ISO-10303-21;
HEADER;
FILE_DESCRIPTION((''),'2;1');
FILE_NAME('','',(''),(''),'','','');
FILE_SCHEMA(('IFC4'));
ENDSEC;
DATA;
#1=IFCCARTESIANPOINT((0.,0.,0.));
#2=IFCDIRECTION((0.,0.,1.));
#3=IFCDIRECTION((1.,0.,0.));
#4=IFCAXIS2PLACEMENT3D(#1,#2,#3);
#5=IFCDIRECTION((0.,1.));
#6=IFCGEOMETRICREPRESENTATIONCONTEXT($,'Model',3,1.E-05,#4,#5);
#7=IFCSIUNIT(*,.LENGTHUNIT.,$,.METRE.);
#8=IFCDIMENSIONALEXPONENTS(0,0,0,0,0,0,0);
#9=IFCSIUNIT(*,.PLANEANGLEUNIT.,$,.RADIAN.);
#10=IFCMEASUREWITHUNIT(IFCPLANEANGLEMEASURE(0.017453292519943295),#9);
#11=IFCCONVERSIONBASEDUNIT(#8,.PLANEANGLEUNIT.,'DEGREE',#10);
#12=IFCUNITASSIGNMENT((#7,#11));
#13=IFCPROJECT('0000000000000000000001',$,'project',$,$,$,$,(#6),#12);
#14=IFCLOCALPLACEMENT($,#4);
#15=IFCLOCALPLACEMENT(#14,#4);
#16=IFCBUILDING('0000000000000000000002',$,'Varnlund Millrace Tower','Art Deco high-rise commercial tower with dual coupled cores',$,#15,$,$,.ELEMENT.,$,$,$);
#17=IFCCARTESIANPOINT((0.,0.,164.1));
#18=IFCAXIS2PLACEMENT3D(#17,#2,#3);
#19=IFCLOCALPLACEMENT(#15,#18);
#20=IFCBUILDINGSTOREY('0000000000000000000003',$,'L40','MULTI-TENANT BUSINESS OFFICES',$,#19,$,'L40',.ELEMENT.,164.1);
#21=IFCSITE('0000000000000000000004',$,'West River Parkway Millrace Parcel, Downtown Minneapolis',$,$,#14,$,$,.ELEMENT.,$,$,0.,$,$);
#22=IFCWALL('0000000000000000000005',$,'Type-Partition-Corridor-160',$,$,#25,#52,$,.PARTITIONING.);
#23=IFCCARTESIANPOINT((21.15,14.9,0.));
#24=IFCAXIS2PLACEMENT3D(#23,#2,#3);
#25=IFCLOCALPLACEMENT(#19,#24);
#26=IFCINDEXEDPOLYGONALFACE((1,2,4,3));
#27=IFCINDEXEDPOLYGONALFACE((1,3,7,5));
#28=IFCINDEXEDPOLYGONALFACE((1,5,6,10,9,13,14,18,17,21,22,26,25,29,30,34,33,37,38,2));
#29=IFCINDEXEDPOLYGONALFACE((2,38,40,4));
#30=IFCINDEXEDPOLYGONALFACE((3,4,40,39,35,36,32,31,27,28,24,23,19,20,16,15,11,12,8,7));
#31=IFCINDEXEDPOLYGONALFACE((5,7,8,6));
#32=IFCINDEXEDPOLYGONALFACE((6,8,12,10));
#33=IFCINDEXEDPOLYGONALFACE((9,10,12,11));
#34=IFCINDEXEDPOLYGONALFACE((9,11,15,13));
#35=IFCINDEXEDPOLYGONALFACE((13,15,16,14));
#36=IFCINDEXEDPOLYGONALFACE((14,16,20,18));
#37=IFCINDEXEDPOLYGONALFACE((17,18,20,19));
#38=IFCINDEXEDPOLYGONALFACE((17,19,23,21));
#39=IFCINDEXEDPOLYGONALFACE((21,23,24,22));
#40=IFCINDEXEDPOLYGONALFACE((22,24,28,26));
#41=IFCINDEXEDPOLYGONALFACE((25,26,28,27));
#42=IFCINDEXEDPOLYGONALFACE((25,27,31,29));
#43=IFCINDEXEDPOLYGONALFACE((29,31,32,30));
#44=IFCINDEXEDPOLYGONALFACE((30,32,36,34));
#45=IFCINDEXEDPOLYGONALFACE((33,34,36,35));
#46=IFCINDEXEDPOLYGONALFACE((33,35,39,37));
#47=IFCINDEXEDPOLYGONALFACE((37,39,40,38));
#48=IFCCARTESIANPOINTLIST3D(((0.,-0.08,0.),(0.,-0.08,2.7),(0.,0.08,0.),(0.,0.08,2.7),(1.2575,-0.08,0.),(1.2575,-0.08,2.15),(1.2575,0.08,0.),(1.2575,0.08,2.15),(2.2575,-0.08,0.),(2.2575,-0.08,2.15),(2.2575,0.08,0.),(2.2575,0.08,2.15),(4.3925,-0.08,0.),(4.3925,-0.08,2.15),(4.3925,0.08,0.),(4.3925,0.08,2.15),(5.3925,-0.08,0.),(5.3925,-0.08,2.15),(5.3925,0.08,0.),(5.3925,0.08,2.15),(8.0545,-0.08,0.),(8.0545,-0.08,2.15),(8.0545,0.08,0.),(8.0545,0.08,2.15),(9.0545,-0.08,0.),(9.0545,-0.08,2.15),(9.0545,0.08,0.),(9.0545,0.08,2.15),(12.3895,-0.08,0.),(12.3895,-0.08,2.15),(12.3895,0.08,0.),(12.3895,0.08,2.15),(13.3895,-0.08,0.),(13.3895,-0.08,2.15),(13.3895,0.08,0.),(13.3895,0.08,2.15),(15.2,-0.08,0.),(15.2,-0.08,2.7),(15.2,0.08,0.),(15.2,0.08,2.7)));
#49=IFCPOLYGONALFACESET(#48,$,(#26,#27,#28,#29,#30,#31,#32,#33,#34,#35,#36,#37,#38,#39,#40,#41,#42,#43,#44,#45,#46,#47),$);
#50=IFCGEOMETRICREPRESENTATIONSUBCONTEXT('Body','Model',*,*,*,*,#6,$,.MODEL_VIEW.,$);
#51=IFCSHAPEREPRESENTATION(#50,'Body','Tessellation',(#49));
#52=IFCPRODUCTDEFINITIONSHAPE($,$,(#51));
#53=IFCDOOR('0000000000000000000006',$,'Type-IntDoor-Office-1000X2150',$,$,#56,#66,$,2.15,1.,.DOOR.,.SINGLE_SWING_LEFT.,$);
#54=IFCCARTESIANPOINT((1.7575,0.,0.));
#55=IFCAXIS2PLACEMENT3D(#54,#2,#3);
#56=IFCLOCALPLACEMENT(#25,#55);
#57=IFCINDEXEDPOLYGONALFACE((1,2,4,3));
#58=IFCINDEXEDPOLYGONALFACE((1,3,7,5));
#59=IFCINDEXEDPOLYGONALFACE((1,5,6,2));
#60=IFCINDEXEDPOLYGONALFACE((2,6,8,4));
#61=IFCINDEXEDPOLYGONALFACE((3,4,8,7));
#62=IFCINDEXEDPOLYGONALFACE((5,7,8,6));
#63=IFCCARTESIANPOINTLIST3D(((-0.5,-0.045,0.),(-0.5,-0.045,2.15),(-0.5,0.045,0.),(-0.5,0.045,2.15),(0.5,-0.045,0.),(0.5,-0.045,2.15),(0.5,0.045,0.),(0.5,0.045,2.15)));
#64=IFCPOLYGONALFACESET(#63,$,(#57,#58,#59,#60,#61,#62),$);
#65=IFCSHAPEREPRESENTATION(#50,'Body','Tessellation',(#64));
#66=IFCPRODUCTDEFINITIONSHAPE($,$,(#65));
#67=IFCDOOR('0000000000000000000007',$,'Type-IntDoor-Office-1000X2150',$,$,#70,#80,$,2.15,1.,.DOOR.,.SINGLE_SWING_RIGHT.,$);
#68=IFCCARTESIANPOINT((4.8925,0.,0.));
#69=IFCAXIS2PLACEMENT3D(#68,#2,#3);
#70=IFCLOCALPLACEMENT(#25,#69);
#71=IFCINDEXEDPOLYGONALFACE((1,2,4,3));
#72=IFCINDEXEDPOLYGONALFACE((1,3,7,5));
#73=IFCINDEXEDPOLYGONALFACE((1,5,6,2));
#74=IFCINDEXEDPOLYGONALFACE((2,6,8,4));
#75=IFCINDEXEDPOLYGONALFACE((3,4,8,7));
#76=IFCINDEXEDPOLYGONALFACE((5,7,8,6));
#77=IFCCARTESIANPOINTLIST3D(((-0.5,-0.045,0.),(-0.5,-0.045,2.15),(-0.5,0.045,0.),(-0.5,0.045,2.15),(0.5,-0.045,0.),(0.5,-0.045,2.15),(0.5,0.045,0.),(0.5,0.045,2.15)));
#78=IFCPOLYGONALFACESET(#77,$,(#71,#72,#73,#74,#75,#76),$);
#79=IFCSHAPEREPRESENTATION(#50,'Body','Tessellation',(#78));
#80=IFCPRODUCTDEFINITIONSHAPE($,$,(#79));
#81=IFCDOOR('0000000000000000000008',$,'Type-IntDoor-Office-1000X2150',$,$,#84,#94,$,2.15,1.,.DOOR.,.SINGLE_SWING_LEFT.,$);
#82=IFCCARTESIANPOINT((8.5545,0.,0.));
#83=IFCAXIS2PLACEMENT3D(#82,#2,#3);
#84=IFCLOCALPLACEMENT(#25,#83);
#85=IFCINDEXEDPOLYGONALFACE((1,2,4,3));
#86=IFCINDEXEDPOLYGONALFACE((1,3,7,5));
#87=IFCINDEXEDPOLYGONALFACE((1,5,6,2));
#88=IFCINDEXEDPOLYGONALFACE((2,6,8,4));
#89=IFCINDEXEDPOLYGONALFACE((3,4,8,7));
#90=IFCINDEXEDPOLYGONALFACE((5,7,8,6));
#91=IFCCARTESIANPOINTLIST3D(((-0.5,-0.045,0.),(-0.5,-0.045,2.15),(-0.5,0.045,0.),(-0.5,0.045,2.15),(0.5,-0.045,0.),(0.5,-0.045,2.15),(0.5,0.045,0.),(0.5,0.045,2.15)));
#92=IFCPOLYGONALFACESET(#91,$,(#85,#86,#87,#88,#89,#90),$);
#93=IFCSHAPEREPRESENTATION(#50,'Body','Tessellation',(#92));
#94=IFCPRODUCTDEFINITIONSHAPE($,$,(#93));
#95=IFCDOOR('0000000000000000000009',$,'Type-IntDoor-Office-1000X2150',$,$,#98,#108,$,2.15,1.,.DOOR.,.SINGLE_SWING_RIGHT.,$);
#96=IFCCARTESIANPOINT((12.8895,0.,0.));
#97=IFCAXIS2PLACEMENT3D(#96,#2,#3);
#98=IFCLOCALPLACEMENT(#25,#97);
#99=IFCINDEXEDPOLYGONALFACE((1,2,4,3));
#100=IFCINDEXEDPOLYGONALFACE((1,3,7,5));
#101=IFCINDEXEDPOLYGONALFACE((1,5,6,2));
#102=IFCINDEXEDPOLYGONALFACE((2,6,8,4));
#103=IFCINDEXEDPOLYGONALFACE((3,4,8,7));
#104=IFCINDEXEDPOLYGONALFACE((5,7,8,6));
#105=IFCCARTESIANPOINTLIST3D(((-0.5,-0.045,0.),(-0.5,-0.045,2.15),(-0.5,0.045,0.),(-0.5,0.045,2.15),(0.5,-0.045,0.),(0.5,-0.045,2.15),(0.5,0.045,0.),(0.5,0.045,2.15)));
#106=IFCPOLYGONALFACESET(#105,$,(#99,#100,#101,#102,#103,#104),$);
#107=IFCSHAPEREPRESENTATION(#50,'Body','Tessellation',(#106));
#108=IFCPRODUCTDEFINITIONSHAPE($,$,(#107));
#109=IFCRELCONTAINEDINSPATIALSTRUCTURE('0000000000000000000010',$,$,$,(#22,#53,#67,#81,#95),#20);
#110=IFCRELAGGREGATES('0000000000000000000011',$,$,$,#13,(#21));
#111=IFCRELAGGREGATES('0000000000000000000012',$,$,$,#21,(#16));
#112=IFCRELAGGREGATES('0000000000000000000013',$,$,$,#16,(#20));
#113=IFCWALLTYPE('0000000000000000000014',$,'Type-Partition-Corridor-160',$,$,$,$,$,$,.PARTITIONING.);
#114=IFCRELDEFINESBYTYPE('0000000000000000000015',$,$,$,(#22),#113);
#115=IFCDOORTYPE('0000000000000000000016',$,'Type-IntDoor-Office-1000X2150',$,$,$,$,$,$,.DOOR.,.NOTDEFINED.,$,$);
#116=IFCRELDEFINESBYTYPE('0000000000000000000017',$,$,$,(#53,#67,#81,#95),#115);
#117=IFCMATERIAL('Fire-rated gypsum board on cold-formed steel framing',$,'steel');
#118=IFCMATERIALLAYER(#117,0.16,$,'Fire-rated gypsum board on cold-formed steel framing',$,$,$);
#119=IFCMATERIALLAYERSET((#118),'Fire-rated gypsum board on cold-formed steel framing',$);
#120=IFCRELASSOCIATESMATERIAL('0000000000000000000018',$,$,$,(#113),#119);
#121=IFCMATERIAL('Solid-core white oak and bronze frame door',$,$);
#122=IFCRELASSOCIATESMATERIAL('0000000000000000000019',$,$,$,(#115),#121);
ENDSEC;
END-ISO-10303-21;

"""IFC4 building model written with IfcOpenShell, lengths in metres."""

from ifc_helpers import new_model, entity, si_unit, converted_unit, direction, frame, origin_with_axes, origin_2d_with_axis, place, context, subcontext, project, spatial, polyline, rectangle, outline, extrude, material, layer, layer_set, type_object, element, fill, save


model = new_model("IFC4")

# Units and contexts
model_context = context("Model", 3, precision=1e-05, world=origin_with_axes(), true_north=direction((0.0, 1.0)))
body_context = subcontext(model_context, "Body", "Model", "MODEL_VIEW")
ifc_project = project(units=[si_unit("LENGTHUNIT", "METRE"), converted_unit("PLANEANGLEUNIT", "DEGREE", entity("IfcPlaneAngleMeasure", 0.017453292519943295), si_unit("PLANEANGLEUNIT", "RADIAN"), dimensions=[0, 0, 0, 0, 0, 0, 0])], contexts=[model_context])

# Site, building, storey
site_placement = place(None, origin_with_axes())
site = spatial("IfcSite", under=ifc_project, at=site_placement, Name="West River Parkway Millrace Parcel, Downtown Minneapolis", CompositionType="ELEMENT", RefElevation=0.0)
building_placement = place(site_placement, origin_with_axes())
building = spatial("IfcBuilding", under=site, at=building_placement, Name="Varnlund Millrace Tower", Description="Art Deco high-rise commercial tower with dual coupled cores", CompositionType="ELEMENT")
storey_placement = place(building_placement, frame((0.0, 0.0, 164.1), z_axis=(0.0, 0.0, 1.0), x_axis=(1.0, 0.0, 0.0)))
storey = spatial("IfcBuildingStorey", under=building, at=storey_placement, Name="L40", Description="MULTI-TENANT BUSINESS OFFICES", LongName="L40", CompositionType="ELEMENT", Elevation=164.1)

# Shared definitions
ifc_material_1 = material(Name="Fire-rated gypsum board on cold-formed steel framing", Category="steel")
ifc_layer_1 = layer(ifc_material_1, 0.16, Name="Fire-rated gypsum board on cold-formed steel framing")
ifc_layer_set_1 = layer_set([ifc_layer_1], Name="Fire-rated gypsum board on cold-formed steel framing")
wall_type_1 = type_object("IfcWallType", Name="Type-Partition-Corridor-160", PredefinedType="PARTITIONING", material=ifc_layer_set_1)

# Wall, openings, doors
ifc_material_2 = material(Name="Solid-core white oak and bronze frame door")
door_type_1 = type_object("IfcDoorType", Name="Type-IntDoor-Office-1000X2150", OperationType="NOTDEFINED", PredefinedType="DOOR", material=ifc_material_2)
wall_1_placement = place(storey_placement, frame((21.15, 14.9, 0.0), z_axis=(0.0, 0.0, 1.0), x_axis=(1.0, 0.0, 0.0)))
wall_1 = element("IfcWall", 1, at=wall_1_placement, inside=storey, type_object=wall_type_1, Name="Type-Partition-Corridor-160", PredefinedType="PARTITIONING", context=body_context, shape_type="SweptSolid", body=[
    extrude(outline(polyline([(0.0, -0.08), (15.2, -0.08), (15.2, 0.08), (0.0, 0.08), (0.0, -0.08)])), origin_with_axes(), (0.0, 0.0, 1.0), 2.7),
])
opening_1_placement = place(wall_1_placement, frame((1.7575, 0.0, 0.0), z_axis=(0.0, 0.0, 1.0), x_axis=(1.0, 0.0, 0.0)))
opening_1 = element("IfcOpeningElement", 2, at=opening_1_placement, cuts=wall_1, PredefinedType="OPENING", context=body_context, shape_type="SweptSolid", body=[
    extrude(rectangle(XDim=1.0, YDim=0.18, at=origin_2d_with_axis()), origin_with_axes(), (0.0, 0.0, 1.0), 2.15),
])
opening_2_placement = place(wall_1_placement, frame((4.8925, 0.0, 0.0), z_axis=(0.0, 0.0, 1.0), x_axis=(1.0, 0.0, 0.0)))
opening_2 = element("IfcOpeningElement", 3, at=opening_2_placement, cuts=wall_1, PredefinedType="OPENING", context=body_context, shape_type="SweptSolid", body=[
    extrude(rectangle(XDim=1.0, YDim=0.18, at=origin_2d_with_axis()), origin_with_axes(), (0.0, 0.0, 1.0), 2.15),
])
opening_3_placement = place(wall_1_placement, frame((8.5545, 0.0, 0.0), z_axis=(0.0, 0.0, 1.0), x_axis=(1.0, 0.0, 0.0)))
opening_3 = element("IfcOpeningElement", 4, at=opening_3_placement, cuts=wall_1, PredefinedType="OPENING", context=body_context, shape_type="SweptSolid", body=[
    extrude(rectangle(XDim=1.0, YDim=0.18, at=origin_2d_with_axis()), origin_with_axes(), (0.0, 0.0, 1.0), 2.15),
])
opening_4_placement = place(wall_1_placement, frame((12.8895, 0.0, 0.0), z_axis=(0.0, 0.0, 1.0), x_axis=(1.0, 0.0, 0.0)))
opening_4 = element("IfcOpeningElement", 5, at=opening_4_placement, cuts=wall_1, PredefinedType="OPENING", context=body_context, shape_type="SweptSolid", body=[
    extrude(rectangle(XDim=1.0, YDim=0.18, at=origin_2d_with_axis()), origin_with_axes(), (0.0, 0.0, 1.0), 2.15),
])
door_1_placement = place(wall_1_placement, frame((1.7575, 0.0, 0.0), z_axis=(0.0, 0.0, 1.0), x_axis=(1.0, 0.0, 0.0)))
door_1 = element("IfcDoor", 6, at=door_1_placement, inside=storey, type_object=door_type_1, Name="Type-IntDoor-Office-1000X2150", OperationType="SINGLE_SWING_LEFT", OverallHeight=2.15, OverallWidth=1.0, PredefinedType="DOOR", context=body_context, shape_type="SweptSolid", body=[
    extrude(rectangle(XDim=1.0, YDim=0.09, at=origin_2d_with_axis()), origin_with_axes(), (0.0, 0.0, 1.0), 2.15),
])
fill(opening_1, door_1)
door_2_placement = place(wall_1_placement, frame((4.8925, 0.0, 0.0), z_axis=(0.0, 0.0, 1.0), x_axis=(1.0, 0.0, 0.0)))
door_2 = element("IfcDoor", 7, at=door_2_placement, inside=storey, type_object=door_type_1, Name="Type-IntDoor-Office-1000X2150", OperationType="SINGLE_SWING_RIGHT", OverallHeight=2.15, OverallWidth=1.0, PredefinedType="DOOR", context=body_context, shape_type="SweptSolid", body=[
    extrude(rectangle(XDim=1.0, YDim=0.09, at=origin_2d_with_axis()), origin_with_axes(), (0.0, 0.0, 1.0), 2.15),
])
fill(opening_2, door_2)
door_3_placement = place(wall_1_placement, frame((8.5545, 0.0, 0.0), z_axis=(0.0, 0.0, 1.0), x_axis=(1.0, 0.0, 0.0)))
door_3 = element("IfcDoor", 8, at=door_3_placement, inside=storey, type_object=door_type_1, Name="Type-IntDoor-Office-1000X2150", OperationType="SINGLE_SWING_LEFT", OverallHeight=2.15, OverallWidth=1.0, PredefinedType="DOOR", context=body_context, shape_type="SweptSolid", body=[
    extrude(rectangle(XDim=1.0, YDim=0.09, at=origin_2d_with_axis()), origin_with_axes(), (0.0, 0.0, 1.0), 2.15),
])
fill(opening_3, door_3)
door_4_placement = place(wall_1_placement, frame((12.8895, 0.0, 0.0), z_axis=(0.0, 0.0, 1.0), x_axis=(1.0, 0.0, 0.0)))
door_4 = element("IfcDoor", 9, at=door_4_placement, inside=storey, type_object=door_type_1, Name="Type-IntDoor-Office-1000X2150", OperationType="SINGLE_SWING_RIGHT", OverallHeight=2.15, OverallWidth=1.0, PredefinedType="DOOR", context=body_context, shape_type="SweptSolid", body=[
    extrude(rectangle(XDim=1.0, YDim=0.09, at=origin_2d_with_axis()), origin_with_axes(), (0.0, 0.0, 1.0), 2.15),
])
fill(opening_4, door_4)

save(model, "model.ifc")
